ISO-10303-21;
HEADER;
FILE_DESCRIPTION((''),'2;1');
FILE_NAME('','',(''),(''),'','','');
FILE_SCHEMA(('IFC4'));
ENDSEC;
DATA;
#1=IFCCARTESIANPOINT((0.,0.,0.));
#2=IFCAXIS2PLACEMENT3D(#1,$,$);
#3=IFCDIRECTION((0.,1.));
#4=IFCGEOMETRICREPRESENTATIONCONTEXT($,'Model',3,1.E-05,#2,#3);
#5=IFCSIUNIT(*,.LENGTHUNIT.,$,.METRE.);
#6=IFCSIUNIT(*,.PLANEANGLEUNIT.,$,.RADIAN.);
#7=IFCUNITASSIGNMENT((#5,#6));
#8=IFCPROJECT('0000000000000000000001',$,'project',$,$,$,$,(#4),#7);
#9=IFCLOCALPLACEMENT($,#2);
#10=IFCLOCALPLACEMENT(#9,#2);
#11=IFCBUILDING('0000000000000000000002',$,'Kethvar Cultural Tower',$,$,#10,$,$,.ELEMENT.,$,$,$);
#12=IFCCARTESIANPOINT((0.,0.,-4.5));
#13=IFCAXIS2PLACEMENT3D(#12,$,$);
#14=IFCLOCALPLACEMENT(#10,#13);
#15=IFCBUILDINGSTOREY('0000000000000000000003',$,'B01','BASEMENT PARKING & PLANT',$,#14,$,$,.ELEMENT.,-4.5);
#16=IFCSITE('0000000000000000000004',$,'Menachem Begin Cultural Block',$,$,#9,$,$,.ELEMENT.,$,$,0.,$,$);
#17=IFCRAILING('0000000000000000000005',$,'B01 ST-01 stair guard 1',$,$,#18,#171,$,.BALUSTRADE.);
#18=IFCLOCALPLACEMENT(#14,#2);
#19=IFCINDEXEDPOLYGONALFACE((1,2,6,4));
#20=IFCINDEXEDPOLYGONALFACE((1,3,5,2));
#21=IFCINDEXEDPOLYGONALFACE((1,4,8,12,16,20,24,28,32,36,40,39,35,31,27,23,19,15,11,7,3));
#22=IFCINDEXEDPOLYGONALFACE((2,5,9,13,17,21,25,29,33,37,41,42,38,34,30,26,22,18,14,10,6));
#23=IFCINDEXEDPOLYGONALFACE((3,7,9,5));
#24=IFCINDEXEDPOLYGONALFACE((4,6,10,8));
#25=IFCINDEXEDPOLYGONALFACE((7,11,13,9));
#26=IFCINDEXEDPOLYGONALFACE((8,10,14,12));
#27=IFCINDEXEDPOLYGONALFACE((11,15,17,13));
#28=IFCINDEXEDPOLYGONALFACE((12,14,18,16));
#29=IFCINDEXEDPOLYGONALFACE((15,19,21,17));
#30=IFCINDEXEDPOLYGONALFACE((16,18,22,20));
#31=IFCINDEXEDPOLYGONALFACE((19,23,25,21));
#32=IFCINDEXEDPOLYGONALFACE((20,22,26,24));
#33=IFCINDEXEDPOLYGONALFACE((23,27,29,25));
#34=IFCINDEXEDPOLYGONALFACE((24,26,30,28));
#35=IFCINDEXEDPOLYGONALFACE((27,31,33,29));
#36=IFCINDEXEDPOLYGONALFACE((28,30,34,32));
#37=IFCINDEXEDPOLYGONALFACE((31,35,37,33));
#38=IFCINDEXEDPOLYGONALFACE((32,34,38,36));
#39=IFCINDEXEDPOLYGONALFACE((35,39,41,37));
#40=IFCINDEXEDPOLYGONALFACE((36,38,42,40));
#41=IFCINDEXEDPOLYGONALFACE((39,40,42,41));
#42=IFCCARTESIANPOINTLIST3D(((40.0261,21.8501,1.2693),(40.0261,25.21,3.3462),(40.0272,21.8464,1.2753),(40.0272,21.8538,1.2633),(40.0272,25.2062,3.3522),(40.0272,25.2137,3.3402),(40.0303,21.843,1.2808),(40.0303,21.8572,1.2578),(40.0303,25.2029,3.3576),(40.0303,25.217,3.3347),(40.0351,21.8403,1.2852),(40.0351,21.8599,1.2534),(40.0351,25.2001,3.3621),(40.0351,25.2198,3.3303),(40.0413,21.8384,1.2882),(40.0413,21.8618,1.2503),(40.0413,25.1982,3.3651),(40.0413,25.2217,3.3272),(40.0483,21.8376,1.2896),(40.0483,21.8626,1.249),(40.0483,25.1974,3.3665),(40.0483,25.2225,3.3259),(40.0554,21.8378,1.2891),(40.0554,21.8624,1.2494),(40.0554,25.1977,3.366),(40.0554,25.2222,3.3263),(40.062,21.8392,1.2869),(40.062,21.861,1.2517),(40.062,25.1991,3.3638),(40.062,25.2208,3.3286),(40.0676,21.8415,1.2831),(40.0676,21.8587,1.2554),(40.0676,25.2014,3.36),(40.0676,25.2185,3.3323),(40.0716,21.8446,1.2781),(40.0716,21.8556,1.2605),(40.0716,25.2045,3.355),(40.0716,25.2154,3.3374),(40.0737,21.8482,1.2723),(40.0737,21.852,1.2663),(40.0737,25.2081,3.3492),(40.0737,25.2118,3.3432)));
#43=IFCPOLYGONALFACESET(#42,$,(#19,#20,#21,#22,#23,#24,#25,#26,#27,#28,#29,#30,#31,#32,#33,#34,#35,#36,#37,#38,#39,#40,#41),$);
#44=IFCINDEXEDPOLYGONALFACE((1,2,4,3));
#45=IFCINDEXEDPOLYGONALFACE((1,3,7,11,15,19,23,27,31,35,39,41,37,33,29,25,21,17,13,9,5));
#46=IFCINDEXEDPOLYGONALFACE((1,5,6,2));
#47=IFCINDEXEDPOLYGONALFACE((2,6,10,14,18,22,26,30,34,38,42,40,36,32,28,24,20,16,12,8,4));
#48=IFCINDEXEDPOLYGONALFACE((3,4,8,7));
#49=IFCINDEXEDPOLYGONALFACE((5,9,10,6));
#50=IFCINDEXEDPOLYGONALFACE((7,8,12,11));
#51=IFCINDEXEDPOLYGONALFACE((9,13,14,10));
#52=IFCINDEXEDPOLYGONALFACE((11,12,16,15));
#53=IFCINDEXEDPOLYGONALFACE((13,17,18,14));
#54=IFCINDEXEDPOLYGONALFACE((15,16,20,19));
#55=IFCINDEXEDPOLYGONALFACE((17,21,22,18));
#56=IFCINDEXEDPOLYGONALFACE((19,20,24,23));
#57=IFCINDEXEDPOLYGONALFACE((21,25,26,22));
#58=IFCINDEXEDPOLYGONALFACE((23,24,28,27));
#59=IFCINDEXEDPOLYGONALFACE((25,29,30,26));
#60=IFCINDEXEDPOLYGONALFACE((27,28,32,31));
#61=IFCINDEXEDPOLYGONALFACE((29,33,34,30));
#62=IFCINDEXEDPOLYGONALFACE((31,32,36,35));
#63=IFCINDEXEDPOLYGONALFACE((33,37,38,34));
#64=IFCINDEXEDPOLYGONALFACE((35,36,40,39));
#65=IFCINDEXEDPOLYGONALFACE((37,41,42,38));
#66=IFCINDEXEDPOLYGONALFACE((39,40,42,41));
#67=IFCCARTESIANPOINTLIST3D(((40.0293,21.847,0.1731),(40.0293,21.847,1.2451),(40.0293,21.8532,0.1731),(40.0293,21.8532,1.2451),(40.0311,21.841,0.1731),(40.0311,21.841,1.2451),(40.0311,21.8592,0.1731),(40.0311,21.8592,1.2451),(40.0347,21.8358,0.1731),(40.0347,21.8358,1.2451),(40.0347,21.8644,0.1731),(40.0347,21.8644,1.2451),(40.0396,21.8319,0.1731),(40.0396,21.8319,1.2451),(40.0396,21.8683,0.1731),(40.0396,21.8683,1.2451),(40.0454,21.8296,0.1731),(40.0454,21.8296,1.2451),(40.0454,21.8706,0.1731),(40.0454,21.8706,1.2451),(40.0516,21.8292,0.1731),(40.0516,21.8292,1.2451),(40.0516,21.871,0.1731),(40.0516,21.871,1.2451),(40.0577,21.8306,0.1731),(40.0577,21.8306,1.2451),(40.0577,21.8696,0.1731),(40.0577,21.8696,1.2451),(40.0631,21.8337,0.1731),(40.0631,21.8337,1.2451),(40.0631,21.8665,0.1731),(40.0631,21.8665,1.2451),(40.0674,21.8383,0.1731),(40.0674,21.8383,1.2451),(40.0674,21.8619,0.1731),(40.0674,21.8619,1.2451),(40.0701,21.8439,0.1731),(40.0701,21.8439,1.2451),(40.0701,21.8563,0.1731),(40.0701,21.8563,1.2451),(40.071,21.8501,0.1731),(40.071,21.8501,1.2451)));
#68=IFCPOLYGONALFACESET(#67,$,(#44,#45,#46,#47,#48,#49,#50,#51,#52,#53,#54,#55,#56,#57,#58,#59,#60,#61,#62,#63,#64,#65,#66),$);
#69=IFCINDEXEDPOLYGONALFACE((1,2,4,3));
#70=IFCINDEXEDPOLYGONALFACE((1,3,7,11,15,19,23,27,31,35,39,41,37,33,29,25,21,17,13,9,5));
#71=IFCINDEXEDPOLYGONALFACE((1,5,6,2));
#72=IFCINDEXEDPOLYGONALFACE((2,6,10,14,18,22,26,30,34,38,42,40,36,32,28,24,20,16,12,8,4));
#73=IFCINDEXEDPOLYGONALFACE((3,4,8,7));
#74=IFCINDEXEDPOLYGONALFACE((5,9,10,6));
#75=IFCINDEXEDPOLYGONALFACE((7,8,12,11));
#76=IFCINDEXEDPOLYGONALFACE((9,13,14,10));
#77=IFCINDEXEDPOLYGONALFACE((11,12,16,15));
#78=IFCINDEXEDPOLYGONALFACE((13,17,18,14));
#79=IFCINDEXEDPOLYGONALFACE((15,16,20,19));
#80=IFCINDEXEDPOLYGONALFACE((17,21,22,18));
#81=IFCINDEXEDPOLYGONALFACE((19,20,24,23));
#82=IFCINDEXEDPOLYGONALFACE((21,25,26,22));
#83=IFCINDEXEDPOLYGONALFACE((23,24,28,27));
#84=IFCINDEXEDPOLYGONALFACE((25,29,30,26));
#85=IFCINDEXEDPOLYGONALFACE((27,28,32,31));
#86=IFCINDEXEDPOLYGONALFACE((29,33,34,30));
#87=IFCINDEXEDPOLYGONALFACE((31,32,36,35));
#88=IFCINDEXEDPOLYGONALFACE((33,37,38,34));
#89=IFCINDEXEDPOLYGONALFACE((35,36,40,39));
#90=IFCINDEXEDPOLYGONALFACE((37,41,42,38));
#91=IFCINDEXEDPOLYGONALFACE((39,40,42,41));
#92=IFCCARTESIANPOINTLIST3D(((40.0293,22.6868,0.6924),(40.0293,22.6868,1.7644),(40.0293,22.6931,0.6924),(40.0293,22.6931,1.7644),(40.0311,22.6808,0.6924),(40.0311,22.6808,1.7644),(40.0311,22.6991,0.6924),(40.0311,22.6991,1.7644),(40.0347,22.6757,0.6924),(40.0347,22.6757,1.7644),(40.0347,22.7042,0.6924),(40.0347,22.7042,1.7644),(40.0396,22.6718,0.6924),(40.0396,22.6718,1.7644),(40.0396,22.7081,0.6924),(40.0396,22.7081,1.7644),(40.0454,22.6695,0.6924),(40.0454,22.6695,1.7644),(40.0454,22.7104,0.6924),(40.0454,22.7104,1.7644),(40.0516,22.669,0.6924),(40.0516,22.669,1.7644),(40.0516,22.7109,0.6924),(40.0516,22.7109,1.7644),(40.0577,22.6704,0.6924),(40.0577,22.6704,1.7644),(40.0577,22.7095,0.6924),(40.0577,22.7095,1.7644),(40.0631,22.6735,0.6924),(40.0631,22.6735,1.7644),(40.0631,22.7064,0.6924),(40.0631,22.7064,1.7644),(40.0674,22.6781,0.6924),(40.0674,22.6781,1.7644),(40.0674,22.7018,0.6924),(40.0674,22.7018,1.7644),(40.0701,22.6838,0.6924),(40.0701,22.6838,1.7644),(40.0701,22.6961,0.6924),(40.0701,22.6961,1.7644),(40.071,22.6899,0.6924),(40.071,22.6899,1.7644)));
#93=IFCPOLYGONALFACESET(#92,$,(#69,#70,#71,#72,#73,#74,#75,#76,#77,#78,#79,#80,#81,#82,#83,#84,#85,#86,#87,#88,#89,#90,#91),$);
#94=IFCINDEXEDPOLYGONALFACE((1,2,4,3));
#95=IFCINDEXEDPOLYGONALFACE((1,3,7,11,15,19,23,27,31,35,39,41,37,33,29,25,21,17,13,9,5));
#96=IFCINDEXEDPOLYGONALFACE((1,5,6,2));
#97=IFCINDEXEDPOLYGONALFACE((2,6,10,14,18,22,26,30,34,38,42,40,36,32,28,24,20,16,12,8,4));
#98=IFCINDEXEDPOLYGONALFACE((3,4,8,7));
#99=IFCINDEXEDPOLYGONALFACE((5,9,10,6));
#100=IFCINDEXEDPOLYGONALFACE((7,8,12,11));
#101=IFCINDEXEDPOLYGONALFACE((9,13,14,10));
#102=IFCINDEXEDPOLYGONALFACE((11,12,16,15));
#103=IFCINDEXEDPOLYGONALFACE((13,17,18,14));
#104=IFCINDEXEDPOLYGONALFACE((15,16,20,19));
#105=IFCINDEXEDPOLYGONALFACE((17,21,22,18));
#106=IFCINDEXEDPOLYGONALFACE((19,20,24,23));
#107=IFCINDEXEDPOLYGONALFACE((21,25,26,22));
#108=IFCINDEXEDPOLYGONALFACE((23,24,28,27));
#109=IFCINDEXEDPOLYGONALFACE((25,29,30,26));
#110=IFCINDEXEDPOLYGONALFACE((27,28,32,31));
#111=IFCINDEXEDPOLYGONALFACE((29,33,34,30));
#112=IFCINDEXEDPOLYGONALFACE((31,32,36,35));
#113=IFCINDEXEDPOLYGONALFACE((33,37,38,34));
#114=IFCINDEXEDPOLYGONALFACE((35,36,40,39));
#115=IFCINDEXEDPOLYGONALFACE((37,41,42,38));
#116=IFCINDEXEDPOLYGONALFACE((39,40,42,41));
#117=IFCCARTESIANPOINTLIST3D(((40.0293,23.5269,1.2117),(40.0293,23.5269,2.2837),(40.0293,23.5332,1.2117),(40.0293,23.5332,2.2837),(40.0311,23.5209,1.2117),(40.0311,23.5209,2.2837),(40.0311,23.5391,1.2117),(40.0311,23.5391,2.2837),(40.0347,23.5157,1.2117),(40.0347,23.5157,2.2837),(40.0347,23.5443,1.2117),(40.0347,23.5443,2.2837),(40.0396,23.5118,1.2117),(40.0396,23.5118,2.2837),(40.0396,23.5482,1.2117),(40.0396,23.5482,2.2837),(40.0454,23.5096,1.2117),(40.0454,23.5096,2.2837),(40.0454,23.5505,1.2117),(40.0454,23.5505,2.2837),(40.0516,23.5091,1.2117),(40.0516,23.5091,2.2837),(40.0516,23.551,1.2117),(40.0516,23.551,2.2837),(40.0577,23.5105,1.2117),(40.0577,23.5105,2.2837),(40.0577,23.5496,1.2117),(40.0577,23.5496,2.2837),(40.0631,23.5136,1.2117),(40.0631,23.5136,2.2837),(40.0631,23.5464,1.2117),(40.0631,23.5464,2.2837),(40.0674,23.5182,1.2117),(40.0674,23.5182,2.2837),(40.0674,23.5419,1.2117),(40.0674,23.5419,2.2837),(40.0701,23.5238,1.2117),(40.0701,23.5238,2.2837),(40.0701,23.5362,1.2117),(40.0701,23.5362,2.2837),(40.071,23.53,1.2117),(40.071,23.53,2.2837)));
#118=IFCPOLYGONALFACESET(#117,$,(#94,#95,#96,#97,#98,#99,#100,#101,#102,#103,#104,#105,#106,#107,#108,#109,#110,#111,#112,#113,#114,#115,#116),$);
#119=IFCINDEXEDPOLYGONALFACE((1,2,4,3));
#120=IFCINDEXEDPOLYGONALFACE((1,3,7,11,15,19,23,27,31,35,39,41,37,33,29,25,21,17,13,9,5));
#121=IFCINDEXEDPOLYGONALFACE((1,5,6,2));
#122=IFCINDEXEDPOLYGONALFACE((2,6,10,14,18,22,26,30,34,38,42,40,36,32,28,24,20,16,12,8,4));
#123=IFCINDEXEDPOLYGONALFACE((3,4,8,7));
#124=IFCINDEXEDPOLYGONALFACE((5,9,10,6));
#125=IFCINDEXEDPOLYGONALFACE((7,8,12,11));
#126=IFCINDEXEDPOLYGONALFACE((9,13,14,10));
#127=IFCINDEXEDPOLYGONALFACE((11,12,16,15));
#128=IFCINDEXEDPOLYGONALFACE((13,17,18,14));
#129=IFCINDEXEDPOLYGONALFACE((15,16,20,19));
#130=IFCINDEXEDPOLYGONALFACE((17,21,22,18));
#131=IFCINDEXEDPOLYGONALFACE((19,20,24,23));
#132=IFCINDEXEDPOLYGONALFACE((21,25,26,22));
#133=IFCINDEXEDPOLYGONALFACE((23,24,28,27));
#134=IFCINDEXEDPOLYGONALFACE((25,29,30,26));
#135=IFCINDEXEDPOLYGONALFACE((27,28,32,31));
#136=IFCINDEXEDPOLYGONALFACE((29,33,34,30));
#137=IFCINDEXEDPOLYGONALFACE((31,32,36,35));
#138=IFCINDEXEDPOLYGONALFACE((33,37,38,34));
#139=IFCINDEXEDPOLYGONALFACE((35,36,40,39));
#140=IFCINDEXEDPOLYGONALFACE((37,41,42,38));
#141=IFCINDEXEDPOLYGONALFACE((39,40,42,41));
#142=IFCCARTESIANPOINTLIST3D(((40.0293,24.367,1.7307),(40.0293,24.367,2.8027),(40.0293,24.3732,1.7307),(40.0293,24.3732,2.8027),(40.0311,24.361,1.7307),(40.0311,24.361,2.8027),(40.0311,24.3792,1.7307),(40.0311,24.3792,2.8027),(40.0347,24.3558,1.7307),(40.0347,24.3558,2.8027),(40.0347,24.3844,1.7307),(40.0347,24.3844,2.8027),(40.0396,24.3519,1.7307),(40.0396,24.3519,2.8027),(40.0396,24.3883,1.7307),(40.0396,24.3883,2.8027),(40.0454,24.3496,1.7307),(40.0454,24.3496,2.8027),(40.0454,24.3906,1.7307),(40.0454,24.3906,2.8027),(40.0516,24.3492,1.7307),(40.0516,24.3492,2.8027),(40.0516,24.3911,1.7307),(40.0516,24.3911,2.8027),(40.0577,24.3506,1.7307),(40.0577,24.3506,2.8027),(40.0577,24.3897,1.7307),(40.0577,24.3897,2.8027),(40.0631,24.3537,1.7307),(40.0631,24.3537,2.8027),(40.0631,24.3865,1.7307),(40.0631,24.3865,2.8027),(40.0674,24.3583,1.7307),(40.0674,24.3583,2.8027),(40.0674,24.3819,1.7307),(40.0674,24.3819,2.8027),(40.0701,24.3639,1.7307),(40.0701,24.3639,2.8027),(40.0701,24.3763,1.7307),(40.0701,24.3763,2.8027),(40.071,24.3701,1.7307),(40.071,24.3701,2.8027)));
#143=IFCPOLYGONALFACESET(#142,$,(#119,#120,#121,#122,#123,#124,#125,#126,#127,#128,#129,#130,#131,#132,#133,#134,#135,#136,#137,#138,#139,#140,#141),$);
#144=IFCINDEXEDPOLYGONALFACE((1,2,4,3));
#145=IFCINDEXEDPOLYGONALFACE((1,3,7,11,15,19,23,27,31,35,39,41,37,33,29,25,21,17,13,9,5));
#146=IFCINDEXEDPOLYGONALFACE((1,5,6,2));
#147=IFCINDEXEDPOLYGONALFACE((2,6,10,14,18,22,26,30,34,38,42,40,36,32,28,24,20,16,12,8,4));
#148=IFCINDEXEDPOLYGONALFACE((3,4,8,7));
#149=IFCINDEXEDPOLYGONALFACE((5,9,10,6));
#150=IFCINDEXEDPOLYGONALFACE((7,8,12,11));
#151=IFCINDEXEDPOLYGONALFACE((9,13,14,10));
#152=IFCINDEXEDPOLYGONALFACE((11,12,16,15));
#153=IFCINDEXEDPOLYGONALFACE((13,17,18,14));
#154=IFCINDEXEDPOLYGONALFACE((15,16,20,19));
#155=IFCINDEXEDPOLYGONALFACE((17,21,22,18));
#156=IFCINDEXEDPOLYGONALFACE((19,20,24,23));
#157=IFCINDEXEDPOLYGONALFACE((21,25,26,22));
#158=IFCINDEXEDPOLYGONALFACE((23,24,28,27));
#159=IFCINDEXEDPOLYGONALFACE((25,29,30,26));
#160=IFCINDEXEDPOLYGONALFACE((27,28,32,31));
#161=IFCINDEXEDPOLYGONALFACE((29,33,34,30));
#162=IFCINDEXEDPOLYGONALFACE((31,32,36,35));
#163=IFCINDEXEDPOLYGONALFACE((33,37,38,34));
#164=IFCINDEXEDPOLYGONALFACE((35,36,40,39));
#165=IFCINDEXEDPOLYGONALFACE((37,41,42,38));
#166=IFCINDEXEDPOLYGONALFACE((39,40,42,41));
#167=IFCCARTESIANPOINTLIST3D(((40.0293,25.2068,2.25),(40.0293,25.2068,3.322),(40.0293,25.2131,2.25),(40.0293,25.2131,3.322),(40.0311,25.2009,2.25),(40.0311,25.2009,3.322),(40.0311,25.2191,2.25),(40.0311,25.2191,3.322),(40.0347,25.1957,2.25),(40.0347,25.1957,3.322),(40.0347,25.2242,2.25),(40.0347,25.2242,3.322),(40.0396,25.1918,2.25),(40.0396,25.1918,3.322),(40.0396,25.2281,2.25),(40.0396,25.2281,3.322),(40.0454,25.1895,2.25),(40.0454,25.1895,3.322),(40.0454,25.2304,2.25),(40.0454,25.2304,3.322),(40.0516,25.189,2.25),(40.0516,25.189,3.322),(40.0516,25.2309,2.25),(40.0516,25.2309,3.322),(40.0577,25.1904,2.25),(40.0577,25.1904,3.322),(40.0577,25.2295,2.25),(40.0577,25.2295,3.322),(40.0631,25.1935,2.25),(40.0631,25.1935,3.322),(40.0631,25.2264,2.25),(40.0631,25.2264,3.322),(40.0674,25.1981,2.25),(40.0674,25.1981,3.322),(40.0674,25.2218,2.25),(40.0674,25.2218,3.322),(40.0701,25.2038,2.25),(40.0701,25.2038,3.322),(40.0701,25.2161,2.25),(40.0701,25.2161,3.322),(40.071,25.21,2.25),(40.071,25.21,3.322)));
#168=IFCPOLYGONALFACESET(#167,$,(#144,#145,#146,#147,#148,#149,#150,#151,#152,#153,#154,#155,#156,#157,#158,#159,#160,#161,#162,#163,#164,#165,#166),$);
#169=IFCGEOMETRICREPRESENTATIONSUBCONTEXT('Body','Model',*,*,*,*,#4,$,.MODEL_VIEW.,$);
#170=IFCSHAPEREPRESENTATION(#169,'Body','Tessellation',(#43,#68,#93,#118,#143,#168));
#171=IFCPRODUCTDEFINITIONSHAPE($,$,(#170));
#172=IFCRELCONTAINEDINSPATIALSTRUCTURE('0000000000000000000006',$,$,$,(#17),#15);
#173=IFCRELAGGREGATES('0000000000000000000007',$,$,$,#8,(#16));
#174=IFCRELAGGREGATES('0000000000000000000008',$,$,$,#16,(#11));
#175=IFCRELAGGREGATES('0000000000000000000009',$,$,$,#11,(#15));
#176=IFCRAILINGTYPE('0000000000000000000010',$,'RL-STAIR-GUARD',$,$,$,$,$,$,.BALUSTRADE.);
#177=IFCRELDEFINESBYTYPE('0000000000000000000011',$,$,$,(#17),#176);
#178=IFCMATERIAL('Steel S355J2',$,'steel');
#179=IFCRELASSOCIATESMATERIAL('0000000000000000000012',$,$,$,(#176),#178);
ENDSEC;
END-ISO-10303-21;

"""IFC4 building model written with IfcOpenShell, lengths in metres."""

from ifc_helpers import new_model, si_unit, direction, frame, origin, origin_2d, place, context, subcontext, project, spatial, circle, extrude, material, type_object, element, save


model = new_model("IFC4")

# Units and contexts
model_context = context("Model", 3, precision=1e-05, world=origin(), true_north=direction((0.0, 1.0)))
body_context = subcontext(model_context, "Body", "Model", "MODEL_VIEW")
ifc_project = project(units=[si_unit("LENGTHUNIT", "METRE"), si_unit("PLANEANGLEUNIT", "RADIAN")], contexts=[model_context])

# Site, building, storey
site_placement = place(None, origin())
site = spatial("IfcSite", under=ifc_project, at=site_placement, Name="Menachem Begin Cultural Block", CompositionType="ELEMENT", RefElevation=0.0)
building_placement = place(site_placement, origin())
building = spatial("IfcBuilding", under=site, at=building_placement, Name="Kethvar Cultural Tower", CompositionType="ELEMENT")
storey_placement = place(building_placement, frame((0.0, 0.0, -4.5)))
storey = spatial("IfcBuildingStorey", under=building, at=storey_placement, Name="B01", Description="BASEMENT PARKING & PLANT", CompositionType="ELEMENT", Elevation=-4.5)

# Shared definitions
ifc_material_1 = material(Name="Steel S355J2", Category="steel")

# Railing
railing_type_1 = type_object("IfcRailingType", Name="RL-STAIR-GUARD", PredefinedType="BALUSTRADE", material=ifc_material_1)
railing_1_placement = place(storey_placement, frame((40.05, 21.8501, 0.1731)))
element("IfcRailing", 1, at=railing_1_placement, inside=storey, type_object=railing_type_1, Name="B01 ST-01 stair guard 1", PredefinedType="BALUSTRADE", context=body_context, shape_type="SweptSolid", body=[
    extrude(circle(Radius=0.0239, at=origin_2d()), frame((0.0, 0.0, 1.0962), z_axis=(0.0, 0.850606, 0.525803), x_axis=(-1.0, 0.0, 0.0)), (0.0, 0.0, 1.0), 3.95),
    extrude(circle(Radius=0.021, at=origin_2d()), origin(), (0.0, 0.0, 1.0), 1.072),
    extrude(circle(Radius=0.021, at=origin_2d()), frame((0.0, 0.8398, 0.5193)), (0.0, 0.0, 1.0), 1.072),
    extrude(circle(Radius=0.021, at=origin_2d()), frame((0.0, 1.6799, 1.0386)), (0.0, 0.0, 1.0), 1.072),
    extrude(circle(Radius=0.021, at=origin_2d()), frame((0.0, 2.52, 1.5576)), (0.0, 0.0, 1.0), 1.072),
    extrude(circle(Radius=0.021, at=origin_2d()), frame((0.0, 3.3599, 2.0769)), (0.0, 0.0, 1.0), 1.072),
])

save(model, "model.ifc")
